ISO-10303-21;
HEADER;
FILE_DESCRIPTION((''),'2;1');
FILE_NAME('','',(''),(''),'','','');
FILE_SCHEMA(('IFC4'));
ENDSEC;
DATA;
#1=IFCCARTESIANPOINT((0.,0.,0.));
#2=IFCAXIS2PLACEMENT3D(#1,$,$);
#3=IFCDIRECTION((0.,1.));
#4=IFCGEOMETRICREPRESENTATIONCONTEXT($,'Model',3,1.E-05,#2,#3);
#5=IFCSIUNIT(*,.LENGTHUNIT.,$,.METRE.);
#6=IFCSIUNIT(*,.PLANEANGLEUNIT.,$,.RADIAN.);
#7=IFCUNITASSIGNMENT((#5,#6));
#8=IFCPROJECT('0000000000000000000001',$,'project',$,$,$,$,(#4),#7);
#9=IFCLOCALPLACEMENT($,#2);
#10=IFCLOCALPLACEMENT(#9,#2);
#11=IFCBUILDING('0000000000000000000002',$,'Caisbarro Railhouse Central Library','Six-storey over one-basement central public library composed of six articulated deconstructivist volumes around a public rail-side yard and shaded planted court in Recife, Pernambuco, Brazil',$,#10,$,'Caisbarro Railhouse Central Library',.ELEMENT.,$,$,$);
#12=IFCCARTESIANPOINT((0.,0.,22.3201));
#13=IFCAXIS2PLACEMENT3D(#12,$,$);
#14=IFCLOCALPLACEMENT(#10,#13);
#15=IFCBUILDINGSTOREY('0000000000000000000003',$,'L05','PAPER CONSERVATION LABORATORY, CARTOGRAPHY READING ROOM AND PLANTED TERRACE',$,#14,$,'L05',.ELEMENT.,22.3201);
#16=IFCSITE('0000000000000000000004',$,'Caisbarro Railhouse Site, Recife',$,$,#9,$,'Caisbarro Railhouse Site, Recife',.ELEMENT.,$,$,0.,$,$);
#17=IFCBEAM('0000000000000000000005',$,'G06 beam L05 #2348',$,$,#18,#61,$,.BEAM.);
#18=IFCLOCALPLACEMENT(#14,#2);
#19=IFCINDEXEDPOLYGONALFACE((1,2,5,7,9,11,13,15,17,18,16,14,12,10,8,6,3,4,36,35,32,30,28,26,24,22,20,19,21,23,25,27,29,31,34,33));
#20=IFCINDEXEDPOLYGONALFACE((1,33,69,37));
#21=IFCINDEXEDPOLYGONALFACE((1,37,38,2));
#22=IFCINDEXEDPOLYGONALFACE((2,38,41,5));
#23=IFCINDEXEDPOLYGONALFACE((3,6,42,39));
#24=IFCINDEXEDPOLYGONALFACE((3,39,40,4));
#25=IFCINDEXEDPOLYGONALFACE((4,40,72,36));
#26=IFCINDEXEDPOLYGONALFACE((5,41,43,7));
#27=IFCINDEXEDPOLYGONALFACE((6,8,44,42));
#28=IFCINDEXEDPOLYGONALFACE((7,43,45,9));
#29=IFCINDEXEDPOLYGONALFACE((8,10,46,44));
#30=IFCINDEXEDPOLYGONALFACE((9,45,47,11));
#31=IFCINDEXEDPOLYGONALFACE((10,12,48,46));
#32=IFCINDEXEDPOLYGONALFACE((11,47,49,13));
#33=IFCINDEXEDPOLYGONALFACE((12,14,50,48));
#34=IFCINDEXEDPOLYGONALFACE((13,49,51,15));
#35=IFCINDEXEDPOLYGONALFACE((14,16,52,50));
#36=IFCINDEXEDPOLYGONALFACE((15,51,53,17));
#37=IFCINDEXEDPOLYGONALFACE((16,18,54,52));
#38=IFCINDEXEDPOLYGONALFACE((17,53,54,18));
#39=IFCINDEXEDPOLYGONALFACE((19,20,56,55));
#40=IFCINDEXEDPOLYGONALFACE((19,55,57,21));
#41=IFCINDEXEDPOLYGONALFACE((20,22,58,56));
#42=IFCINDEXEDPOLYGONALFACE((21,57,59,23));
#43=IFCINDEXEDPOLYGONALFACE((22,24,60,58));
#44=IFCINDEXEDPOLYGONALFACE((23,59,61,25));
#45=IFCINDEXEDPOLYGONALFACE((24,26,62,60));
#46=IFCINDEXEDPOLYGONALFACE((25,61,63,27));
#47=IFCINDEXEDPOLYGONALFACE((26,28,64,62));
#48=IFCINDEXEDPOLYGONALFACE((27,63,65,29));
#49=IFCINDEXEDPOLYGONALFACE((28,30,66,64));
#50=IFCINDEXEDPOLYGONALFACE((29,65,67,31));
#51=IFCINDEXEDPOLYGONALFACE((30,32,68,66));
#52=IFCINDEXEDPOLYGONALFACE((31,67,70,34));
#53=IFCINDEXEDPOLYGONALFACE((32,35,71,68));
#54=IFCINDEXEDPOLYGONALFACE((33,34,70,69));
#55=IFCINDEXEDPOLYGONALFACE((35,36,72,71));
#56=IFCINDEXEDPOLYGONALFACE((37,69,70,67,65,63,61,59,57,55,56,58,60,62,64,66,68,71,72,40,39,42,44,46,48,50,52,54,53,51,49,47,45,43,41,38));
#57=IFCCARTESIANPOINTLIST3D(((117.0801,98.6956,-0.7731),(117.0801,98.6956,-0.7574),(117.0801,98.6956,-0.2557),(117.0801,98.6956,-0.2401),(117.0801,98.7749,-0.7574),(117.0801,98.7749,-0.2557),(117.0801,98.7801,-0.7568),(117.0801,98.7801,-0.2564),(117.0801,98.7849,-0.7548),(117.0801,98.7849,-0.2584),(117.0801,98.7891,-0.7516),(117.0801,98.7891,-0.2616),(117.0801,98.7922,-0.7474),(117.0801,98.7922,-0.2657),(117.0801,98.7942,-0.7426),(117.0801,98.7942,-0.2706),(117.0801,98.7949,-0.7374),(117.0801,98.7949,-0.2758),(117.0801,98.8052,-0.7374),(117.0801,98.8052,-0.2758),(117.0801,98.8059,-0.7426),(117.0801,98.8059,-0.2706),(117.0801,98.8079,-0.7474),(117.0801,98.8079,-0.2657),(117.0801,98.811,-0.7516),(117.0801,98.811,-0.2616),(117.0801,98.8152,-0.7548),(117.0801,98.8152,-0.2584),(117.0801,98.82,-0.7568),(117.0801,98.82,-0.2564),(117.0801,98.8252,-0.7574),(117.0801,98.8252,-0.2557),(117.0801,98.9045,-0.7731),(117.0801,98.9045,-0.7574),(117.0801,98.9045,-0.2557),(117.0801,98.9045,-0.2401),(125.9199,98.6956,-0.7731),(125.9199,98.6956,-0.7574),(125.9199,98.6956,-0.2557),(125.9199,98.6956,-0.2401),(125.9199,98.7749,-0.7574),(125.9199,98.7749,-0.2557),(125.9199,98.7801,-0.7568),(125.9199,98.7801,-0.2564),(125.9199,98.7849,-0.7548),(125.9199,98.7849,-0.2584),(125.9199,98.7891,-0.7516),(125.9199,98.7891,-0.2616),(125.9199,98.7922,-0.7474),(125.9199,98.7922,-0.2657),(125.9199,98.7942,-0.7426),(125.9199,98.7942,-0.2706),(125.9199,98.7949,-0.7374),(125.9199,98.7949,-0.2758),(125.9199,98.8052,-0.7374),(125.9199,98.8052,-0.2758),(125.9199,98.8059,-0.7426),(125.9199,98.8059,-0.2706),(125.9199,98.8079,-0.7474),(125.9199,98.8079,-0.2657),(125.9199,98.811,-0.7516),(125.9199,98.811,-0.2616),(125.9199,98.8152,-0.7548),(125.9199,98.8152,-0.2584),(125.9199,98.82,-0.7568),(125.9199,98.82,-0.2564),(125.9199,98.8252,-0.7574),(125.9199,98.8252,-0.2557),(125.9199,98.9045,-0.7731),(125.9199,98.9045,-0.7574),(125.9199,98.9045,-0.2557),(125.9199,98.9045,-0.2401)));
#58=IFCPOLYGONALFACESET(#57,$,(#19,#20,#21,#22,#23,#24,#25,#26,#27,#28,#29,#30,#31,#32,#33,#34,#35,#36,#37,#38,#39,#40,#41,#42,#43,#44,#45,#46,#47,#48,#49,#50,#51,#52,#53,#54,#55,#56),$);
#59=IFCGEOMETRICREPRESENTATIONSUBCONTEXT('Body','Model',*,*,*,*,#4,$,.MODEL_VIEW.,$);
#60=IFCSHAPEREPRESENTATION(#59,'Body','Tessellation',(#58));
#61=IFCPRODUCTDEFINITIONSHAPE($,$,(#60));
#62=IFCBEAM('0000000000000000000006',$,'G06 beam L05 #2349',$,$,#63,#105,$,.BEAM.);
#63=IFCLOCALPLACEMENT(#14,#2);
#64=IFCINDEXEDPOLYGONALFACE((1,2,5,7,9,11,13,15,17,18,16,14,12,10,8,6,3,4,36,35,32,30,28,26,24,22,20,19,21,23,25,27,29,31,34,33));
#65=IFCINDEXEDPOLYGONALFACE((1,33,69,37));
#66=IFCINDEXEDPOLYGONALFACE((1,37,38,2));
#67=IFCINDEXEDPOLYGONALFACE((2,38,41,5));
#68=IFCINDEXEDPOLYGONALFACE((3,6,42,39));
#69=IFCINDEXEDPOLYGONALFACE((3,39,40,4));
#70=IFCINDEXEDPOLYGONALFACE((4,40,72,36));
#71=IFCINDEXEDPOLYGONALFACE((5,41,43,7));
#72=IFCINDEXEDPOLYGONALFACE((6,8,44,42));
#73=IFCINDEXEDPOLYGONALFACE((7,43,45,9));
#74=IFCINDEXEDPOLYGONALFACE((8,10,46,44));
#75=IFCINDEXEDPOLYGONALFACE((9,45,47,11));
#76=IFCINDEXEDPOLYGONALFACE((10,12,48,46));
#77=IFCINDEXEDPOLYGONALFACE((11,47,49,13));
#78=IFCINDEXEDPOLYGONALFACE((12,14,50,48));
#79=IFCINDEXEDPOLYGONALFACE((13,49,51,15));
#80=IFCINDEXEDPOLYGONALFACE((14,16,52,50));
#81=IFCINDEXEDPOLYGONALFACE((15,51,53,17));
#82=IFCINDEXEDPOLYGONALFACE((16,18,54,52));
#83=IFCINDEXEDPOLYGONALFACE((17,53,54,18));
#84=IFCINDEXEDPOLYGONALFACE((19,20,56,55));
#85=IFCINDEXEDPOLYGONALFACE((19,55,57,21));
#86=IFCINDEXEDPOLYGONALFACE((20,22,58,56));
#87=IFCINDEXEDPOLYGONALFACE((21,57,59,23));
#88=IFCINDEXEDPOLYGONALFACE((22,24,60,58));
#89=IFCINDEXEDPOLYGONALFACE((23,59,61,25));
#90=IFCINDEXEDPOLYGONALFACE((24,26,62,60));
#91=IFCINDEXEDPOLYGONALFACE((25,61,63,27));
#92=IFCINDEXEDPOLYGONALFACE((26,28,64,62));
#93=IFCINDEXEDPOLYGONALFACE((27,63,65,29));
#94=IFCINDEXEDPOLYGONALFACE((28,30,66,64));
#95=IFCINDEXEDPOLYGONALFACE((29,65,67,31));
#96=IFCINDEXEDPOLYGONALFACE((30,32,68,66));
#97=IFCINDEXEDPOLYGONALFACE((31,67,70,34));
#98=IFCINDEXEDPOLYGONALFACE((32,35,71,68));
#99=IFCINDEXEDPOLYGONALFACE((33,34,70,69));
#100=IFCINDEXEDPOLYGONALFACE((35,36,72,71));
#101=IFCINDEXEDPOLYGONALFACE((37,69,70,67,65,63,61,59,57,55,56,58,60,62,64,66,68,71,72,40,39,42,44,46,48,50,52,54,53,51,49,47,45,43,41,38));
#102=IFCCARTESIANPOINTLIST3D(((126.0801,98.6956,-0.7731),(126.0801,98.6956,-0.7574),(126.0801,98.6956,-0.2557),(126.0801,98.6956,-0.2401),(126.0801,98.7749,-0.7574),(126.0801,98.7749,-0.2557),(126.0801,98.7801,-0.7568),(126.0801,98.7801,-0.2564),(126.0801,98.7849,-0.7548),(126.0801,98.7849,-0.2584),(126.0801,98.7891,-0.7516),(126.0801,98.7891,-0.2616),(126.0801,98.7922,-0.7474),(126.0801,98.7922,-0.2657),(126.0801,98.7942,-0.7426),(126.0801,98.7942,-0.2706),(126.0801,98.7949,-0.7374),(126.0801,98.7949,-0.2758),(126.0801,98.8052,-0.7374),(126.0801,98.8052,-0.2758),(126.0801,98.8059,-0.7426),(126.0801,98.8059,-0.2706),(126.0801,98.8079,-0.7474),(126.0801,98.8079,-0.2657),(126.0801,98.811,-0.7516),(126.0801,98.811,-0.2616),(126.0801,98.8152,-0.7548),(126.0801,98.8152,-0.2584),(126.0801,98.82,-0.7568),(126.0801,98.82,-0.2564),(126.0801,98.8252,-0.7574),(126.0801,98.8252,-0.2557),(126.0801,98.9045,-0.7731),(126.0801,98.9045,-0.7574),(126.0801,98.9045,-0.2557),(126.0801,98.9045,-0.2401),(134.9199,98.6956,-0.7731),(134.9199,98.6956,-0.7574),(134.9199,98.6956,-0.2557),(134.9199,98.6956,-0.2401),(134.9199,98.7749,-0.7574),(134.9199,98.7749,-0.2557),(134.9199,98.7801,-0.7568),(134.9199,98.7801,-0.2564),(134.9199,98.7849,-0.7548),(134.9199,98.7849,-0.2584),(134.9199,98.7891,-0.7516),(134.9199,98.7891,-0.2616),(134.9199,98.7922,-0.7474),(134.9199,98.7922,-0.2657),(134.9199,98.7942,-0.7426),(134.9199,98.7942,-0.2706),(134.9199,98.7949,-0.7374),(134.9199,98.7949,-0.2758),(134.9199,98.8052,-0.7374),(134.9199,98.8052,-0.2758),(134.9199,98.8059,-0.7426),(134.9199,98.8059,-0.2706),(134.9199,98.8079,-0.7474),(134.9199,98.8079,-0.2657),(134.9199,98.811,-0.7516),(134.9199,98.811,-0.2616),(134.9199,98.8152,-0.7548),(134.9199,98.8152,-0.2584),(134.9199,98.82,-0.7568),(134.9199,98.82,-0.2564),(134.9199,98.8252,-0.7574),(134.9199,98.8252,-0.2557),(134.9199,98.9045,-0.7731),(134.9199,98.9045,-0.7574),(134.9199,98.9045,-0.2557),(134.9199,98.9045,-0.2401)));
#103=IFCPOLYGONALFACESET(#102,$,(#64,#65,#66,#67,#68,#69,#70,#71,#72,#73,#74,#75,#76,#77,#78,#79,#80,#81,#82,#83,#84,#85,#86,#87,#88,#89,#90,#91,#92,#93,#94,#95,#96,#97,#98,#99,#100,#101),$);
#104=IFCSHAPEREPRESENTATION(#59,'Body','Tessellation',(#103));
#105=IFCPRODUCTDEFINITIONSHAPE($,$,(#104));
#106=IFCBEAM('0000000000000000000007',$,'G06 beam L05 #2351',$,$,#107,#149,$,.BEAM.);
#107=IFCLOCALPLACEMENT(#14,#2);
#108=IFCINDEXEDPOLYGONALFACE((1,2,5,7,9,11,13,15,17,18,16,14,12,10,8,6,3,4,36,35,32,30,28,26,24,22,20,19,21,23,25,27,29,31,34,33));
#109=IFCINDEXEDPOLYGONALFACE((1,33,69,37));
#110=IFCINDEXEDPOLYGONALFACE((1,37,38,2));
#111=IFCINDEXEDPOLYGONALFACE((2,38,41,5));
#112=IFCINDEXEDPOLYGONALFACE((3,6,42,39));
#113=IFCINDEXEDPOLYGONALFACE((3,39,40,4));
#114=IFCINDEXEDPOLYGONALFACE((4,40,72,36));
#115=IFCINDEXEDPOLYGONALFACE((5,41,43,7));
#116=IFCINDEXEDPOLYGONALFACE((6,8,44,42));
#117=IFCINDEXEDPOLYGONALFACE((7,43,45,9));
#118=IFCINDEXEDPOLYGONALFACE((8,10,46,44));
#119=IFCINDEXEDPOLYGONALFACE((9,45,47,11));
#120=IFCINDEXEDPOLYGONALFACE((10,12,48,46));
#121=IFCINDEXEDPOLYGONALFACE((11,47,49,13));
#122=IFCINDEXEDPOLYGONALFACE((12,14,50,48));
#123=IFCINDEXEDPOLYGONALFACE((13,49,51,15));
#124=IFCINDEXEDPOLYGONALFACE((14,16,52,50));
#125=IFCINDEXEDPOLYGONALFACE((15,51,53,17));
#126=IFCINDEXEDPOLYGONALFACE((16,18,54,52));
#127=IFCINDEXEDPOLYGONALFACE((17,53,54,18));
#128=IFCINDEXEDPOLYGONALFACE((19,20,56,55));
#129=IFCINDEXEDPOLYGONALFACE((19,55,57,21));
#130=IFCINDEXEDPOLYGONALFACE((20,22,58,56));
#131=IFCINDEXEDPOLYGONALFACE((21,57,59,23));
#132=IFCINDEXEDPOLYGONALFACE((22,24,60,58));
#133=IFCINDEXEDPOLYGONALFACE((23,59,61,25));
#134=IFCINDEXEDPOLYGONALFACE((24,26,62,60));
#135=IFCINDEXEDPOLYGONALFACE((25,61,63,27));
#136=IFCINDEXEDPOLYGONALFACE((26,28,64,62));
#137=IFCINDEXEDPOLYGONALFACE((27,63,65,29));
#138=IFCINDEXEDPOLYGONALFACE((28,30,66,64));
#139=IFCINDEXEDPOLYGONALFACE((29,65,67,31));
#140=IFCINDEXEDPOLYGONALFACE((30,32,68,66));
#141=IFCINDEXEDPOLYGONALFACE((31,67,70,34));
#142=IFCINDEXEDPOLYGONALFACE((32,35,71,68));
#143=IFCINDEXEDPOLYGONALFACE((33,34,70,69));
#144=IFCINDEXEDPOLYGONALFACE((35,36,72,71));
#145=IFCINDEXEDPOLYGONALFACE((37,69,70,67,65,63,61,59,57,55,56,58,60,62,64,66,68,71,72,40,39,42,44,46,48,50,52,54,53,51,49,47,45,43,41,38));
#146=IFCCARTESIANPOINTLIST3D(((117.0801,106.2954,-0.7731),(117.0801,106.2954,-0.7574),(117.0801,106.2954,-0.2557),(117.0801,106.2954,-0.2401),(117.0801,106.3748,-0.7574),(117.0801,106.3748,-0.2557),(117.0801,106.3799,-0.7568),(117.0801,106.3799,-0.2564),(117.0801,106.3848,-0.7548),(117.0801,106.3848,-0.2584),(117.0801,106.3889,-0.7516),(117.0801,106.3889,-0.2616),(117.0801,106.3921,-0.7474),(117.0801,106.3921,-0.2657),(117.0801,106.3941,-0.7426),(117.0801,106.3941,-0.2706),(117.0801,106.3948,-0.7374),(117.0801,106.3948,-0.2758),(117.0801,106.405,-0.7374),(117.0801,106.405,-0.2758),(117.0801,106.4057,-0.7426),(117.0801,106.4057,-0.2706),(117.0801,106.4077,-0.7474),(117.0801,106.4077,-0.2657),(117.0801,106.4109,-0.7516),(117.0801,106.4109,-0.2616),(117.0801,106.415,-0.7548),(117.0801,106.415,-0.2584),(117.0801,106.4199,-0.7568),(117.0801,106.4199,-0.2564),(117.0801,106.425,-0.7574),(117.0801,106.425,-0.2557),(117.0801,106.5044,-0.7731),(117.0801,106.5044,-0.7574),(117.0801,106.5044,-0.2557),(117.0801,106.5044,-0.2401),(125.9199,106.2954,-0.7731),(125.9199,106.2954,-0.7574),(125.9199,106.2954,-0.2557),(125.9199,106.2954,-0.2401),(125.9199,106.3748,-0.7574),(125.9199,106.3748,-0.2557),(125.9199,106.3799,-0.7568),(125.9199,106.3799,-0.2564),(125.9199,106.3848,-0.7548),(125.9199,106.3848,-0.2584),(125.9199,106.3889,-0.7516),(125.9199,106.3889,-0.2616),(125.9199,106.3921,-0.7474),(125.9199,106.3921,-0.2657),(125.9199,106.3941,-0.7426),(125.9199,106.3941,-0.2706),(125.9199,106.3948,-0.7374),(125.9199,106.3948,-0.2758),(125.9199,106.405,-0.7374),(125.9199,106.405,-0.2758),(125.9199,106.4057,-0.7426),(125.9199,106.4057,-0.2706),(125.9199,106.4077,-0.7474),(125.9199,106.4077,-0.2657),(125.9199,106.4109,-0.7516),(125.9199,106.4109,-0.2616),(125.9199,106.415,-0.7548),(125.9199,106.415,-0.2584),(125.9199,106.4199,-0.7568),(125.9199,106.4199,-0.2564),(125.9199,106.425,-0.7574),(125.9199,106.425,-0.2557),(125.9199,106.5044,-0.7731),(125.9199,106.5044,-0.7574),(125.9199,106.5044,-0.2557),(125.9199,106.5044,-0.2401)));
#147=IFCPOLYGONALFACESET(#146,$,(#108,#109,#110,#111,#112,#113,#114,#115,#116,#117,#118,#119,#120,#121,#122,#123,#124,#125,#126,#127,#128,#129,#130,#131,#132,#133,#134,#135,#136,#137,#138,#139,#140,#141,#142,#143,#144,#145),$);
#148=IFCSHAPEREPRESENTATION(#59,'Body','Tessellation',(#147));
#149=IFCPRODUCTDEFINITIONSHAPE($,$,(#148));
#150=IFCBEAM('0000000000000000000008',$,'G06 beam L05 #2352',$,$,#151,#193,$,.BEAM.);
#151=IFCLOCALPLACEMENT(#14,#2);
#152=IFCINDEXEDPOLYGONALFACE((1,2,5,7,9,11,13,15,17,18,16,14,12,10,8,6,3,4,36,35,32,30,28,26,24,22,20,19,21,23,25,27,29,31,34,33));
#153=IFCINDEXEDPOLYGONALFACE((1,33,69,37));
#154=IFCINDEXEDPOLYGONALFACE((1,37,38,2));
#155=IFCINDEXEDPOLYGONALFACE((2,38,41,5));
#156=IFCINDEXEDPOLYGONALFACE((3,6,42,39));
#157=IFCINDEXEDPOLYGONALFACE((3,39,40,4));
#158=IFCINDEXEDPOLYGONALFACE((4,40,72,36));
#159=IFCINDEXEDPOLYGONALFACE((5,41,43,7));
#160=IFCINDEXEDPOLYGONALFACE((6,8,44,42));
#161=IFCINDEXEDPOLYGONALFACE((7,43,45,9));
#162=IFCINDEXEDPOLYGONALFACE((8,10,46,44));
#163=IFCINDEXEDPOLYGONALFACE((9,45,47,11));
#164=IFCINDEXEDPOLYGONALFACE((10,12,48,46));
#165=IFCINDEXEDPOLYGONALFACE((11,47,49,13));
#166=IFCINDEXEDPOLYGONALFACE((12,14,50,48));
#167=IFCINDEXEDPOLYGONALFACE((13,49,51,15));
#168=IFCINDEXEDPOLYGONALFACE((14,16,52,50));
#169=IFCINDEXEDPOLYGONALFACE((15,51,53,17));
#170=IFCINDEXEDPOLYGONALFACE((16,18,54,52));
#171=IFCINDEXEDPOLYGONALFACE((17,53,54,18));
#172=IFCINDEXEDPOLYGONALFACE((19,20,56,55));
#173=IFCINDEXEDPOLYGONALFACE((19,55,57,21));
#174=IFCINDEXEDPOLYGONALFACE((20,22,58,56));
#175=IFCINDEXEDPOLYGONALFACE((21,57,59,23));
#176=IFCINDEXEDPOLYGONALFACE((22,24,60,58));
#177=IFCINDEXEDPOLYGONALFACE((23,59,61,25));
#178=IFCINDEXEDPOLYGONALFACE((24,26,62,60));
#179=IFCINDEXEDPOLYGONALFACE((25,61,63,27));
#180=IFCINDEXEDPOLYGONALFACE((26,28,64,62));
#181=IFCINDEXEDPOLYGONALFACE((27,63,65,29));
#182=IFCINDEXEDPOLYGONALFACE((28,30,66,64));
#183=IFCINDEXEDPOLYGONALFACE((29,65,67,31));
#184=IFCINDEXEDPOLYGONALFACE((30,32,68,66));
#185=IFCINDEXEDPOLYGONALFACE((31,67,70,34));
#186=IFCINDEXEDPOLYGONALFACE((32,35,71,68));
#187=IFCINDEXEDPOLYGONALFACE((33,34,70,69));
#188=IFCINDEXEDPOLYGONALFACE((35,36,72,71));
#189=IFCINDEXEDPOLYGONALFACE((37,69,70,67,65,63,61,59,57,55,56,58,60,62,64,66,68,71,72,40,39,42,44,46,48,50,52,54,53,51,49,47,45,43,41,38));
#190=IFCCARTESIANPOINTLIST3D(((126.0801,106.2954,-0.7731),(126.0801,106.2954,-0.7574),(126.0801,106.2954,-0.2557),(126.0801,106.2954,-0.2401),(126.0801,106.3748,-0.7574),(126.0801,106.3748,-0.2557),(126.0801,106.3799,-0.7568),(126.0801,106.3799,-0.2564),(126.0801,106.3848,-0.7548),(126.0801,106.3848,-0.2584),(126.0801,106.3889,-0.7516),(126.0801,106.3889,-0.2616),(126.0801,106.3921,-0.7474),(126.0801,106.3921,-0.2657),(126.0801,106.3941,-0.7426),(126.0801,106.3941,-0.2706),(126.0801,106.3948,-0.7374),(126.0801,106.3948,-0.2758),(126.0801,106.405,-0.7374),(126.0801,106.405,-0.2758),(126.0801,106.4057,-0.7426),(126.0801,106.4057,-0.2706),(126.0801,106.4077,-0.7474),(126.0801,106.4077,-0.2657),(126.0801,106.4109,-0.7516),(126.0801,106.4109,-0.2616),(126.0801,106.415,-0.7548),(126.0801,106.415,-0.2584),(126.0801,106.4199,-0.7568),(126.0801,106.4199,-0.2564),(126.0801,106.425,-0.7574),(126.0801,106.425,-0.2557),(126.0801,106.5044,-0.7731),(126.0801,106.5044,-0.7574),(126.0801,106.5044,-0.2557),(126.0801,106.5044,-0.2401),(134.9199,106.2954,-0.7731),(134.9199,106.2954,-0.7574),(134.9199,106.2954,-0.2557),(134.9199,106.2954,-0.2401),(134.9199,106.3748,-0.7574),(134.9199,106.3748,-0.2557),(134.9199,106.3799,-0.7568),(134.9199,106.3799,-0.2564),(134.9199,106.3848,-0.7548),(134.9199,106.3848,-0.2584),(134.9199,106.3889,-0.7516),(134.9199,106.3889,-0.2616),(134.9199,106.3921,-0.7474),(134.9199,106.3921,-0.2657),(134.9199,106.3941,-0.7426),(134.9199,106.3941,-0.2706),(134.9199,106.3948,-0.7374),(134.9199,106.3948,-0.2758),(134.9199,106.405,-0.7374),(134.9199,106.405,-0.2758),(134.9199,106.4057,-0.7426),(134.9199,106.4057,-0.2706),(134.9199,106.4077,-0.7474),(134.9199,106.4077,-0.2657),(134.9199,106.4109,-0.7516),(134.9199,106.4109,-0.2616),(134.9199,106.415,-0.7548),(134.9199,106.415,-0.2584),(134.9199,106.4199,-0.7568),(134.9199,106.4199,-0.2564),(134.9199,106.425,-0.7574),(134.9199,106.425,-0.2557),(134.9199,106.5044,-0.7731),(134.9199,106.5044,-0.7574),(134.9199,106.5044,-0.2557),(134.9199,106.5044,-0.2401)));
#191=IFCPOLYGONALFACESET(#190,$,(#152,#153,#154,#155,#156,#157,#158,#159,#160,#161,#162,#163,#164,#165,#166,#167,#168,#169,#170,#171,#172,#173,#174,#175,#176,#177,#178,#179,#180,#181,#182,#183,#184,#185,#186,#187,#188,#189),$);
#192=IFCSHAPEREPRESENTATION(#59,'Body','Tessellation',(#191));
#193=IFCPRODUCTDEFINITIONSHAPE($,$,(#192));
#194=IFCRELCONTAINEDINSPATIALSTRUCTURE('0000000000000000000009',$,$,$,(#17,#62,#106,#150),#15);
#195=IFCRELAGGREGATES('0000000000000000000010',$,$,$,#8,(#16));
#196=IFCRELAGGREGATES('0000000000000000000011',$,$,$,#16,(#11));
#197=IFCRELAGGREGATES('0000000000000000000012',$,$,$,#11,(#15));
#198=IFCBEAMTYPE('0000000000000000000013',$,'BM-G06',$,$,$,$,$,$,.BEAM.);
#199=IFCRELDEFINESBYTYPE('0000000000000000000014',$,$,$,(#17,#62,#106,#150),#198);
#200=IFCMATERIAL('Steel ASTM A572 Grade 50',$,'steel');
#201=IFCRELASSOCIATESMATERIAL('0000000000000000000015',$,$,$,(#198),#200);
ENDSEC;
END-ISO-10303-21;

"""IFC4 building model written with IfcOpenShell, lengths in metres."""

from ifc_helpers import new_model, si_unit, direction, frame, origin, origin_2d, place, context, subcontext, project, spatial, i_section, extrude, material, material_profile, profile_set, type_object, element, save


model = new_model("IFC4")

# Units and contexts
model_context = context("Model", 3, precision=1e-05, world=origin(), true_north=direction((0.0, 1.0)))
body_context = subcontext(model_context, "Body", "Model", "MODEL_VIEW")
ifc_project = project(units=[si_unit("LENGTHUNIT", "METRE"), si_unit("PLANEANGLEUNIT", "RADIAN")], contexts=[model_context])

# Site, building, storey
site_placement = place(None, origin())
site = spatial("IfcSite", under=ifc_project, at=site_placement, Name="Caisbarro Railhouse Site, Recife", LongName="Caisbarro Railhouse Site, Recife", CompositionType="ELEMENT", RefElevation=0.0)
building_placement = place(site_placement, origin())
building = spatial("IfcBuilding", under=site, at=building_placement, Name="Caisbarro Railhouse Central Library", Description="Six-storey over one-basement central public library composed of six articulated deconstructivist volumes around a public rail-side yard and shaded planted court in Recife, Pernambuco, Brazil", LongName="Caisbarro Railhouse Central Library", CompositionType="ELEMENT")
storey_placement = place(building_placement, frame((0.0, 0.0, 22.3201)))
storey = spatial("IfcBuildingStorey", under=building, at=storey_placement, Name="L05", Description="PAPER CONSERVATION LABORATORY, CARTOGRAPHY READING ROOM AND PLANTED TERRACE", LongName="L05", CompositionType="ELEMENT", Elevation=22.3201)

# Beams
ifc_material_1 = material(Name="Steel ASTM A572 Grade 50", Category="steel")
ifc_material_profile_1 = material_profile(ifc_material_1, i_section(OverallWidth=0.209, OverallDepth=0.533, WebThickness=0.0103, FlangeThickness=0.0156, FilletRadius=0.02, at=origin_2d()), Name="W530X92.0")
ifc_profile_set_1 = profile_set([ifc_material_profile_1], Name="Steel ASTM A572 Grade 50")
beam_type_1 = type_object("IfcBeamType", Name="BM-G06", PredefinedType="BEAM", material=ifc_profile_set_1)
for number, where, z_axis, x_axis, name in (
    (1, (117.0801, 98.8, -0.5066), (1.0, 0.0, 0.0), (0.0, 1.0, 0.0), "G06 beam L05 #2348"),
    (2, (126.0801, 98.8, -0.5066), (1.0, 0.0, 0.0), (0.0, 1.0, 0.0), "G06 beam L05 #2349"),
    (3, (117.0801, 106.3999, -0.5066), (1.0, 0.0, 0.0), (0.0, 1.0, 0.0), "G06 beam L05 #2351"),
    (4, (126.0801, 106.3999, -0.5066), (1.0, 0.0, 0.0), (0.0, 1.0, 0.0), "G06 beam L05 #2352"),
):
    element("IfcBeam", number, at=place(storey_placement, frame(where, z_axis=z_axis, x_axis=x_axis)), inside=storey, type_object=beam_type_1, Name=name, PredefinedType="BEAM", context=body_context, shape_type="SweptSolid", body=[
        extrude(i_section(OverallWidth=0.209, OverallDepth=0.533, WebThickness=0.0103, FlangeThickness=0.0156, FilletRadius=0.02, at=origin_2d()), origin(), (0.0, 0.0, 1.0), 8.8398),
    ])

save(model, "model.ifc")
